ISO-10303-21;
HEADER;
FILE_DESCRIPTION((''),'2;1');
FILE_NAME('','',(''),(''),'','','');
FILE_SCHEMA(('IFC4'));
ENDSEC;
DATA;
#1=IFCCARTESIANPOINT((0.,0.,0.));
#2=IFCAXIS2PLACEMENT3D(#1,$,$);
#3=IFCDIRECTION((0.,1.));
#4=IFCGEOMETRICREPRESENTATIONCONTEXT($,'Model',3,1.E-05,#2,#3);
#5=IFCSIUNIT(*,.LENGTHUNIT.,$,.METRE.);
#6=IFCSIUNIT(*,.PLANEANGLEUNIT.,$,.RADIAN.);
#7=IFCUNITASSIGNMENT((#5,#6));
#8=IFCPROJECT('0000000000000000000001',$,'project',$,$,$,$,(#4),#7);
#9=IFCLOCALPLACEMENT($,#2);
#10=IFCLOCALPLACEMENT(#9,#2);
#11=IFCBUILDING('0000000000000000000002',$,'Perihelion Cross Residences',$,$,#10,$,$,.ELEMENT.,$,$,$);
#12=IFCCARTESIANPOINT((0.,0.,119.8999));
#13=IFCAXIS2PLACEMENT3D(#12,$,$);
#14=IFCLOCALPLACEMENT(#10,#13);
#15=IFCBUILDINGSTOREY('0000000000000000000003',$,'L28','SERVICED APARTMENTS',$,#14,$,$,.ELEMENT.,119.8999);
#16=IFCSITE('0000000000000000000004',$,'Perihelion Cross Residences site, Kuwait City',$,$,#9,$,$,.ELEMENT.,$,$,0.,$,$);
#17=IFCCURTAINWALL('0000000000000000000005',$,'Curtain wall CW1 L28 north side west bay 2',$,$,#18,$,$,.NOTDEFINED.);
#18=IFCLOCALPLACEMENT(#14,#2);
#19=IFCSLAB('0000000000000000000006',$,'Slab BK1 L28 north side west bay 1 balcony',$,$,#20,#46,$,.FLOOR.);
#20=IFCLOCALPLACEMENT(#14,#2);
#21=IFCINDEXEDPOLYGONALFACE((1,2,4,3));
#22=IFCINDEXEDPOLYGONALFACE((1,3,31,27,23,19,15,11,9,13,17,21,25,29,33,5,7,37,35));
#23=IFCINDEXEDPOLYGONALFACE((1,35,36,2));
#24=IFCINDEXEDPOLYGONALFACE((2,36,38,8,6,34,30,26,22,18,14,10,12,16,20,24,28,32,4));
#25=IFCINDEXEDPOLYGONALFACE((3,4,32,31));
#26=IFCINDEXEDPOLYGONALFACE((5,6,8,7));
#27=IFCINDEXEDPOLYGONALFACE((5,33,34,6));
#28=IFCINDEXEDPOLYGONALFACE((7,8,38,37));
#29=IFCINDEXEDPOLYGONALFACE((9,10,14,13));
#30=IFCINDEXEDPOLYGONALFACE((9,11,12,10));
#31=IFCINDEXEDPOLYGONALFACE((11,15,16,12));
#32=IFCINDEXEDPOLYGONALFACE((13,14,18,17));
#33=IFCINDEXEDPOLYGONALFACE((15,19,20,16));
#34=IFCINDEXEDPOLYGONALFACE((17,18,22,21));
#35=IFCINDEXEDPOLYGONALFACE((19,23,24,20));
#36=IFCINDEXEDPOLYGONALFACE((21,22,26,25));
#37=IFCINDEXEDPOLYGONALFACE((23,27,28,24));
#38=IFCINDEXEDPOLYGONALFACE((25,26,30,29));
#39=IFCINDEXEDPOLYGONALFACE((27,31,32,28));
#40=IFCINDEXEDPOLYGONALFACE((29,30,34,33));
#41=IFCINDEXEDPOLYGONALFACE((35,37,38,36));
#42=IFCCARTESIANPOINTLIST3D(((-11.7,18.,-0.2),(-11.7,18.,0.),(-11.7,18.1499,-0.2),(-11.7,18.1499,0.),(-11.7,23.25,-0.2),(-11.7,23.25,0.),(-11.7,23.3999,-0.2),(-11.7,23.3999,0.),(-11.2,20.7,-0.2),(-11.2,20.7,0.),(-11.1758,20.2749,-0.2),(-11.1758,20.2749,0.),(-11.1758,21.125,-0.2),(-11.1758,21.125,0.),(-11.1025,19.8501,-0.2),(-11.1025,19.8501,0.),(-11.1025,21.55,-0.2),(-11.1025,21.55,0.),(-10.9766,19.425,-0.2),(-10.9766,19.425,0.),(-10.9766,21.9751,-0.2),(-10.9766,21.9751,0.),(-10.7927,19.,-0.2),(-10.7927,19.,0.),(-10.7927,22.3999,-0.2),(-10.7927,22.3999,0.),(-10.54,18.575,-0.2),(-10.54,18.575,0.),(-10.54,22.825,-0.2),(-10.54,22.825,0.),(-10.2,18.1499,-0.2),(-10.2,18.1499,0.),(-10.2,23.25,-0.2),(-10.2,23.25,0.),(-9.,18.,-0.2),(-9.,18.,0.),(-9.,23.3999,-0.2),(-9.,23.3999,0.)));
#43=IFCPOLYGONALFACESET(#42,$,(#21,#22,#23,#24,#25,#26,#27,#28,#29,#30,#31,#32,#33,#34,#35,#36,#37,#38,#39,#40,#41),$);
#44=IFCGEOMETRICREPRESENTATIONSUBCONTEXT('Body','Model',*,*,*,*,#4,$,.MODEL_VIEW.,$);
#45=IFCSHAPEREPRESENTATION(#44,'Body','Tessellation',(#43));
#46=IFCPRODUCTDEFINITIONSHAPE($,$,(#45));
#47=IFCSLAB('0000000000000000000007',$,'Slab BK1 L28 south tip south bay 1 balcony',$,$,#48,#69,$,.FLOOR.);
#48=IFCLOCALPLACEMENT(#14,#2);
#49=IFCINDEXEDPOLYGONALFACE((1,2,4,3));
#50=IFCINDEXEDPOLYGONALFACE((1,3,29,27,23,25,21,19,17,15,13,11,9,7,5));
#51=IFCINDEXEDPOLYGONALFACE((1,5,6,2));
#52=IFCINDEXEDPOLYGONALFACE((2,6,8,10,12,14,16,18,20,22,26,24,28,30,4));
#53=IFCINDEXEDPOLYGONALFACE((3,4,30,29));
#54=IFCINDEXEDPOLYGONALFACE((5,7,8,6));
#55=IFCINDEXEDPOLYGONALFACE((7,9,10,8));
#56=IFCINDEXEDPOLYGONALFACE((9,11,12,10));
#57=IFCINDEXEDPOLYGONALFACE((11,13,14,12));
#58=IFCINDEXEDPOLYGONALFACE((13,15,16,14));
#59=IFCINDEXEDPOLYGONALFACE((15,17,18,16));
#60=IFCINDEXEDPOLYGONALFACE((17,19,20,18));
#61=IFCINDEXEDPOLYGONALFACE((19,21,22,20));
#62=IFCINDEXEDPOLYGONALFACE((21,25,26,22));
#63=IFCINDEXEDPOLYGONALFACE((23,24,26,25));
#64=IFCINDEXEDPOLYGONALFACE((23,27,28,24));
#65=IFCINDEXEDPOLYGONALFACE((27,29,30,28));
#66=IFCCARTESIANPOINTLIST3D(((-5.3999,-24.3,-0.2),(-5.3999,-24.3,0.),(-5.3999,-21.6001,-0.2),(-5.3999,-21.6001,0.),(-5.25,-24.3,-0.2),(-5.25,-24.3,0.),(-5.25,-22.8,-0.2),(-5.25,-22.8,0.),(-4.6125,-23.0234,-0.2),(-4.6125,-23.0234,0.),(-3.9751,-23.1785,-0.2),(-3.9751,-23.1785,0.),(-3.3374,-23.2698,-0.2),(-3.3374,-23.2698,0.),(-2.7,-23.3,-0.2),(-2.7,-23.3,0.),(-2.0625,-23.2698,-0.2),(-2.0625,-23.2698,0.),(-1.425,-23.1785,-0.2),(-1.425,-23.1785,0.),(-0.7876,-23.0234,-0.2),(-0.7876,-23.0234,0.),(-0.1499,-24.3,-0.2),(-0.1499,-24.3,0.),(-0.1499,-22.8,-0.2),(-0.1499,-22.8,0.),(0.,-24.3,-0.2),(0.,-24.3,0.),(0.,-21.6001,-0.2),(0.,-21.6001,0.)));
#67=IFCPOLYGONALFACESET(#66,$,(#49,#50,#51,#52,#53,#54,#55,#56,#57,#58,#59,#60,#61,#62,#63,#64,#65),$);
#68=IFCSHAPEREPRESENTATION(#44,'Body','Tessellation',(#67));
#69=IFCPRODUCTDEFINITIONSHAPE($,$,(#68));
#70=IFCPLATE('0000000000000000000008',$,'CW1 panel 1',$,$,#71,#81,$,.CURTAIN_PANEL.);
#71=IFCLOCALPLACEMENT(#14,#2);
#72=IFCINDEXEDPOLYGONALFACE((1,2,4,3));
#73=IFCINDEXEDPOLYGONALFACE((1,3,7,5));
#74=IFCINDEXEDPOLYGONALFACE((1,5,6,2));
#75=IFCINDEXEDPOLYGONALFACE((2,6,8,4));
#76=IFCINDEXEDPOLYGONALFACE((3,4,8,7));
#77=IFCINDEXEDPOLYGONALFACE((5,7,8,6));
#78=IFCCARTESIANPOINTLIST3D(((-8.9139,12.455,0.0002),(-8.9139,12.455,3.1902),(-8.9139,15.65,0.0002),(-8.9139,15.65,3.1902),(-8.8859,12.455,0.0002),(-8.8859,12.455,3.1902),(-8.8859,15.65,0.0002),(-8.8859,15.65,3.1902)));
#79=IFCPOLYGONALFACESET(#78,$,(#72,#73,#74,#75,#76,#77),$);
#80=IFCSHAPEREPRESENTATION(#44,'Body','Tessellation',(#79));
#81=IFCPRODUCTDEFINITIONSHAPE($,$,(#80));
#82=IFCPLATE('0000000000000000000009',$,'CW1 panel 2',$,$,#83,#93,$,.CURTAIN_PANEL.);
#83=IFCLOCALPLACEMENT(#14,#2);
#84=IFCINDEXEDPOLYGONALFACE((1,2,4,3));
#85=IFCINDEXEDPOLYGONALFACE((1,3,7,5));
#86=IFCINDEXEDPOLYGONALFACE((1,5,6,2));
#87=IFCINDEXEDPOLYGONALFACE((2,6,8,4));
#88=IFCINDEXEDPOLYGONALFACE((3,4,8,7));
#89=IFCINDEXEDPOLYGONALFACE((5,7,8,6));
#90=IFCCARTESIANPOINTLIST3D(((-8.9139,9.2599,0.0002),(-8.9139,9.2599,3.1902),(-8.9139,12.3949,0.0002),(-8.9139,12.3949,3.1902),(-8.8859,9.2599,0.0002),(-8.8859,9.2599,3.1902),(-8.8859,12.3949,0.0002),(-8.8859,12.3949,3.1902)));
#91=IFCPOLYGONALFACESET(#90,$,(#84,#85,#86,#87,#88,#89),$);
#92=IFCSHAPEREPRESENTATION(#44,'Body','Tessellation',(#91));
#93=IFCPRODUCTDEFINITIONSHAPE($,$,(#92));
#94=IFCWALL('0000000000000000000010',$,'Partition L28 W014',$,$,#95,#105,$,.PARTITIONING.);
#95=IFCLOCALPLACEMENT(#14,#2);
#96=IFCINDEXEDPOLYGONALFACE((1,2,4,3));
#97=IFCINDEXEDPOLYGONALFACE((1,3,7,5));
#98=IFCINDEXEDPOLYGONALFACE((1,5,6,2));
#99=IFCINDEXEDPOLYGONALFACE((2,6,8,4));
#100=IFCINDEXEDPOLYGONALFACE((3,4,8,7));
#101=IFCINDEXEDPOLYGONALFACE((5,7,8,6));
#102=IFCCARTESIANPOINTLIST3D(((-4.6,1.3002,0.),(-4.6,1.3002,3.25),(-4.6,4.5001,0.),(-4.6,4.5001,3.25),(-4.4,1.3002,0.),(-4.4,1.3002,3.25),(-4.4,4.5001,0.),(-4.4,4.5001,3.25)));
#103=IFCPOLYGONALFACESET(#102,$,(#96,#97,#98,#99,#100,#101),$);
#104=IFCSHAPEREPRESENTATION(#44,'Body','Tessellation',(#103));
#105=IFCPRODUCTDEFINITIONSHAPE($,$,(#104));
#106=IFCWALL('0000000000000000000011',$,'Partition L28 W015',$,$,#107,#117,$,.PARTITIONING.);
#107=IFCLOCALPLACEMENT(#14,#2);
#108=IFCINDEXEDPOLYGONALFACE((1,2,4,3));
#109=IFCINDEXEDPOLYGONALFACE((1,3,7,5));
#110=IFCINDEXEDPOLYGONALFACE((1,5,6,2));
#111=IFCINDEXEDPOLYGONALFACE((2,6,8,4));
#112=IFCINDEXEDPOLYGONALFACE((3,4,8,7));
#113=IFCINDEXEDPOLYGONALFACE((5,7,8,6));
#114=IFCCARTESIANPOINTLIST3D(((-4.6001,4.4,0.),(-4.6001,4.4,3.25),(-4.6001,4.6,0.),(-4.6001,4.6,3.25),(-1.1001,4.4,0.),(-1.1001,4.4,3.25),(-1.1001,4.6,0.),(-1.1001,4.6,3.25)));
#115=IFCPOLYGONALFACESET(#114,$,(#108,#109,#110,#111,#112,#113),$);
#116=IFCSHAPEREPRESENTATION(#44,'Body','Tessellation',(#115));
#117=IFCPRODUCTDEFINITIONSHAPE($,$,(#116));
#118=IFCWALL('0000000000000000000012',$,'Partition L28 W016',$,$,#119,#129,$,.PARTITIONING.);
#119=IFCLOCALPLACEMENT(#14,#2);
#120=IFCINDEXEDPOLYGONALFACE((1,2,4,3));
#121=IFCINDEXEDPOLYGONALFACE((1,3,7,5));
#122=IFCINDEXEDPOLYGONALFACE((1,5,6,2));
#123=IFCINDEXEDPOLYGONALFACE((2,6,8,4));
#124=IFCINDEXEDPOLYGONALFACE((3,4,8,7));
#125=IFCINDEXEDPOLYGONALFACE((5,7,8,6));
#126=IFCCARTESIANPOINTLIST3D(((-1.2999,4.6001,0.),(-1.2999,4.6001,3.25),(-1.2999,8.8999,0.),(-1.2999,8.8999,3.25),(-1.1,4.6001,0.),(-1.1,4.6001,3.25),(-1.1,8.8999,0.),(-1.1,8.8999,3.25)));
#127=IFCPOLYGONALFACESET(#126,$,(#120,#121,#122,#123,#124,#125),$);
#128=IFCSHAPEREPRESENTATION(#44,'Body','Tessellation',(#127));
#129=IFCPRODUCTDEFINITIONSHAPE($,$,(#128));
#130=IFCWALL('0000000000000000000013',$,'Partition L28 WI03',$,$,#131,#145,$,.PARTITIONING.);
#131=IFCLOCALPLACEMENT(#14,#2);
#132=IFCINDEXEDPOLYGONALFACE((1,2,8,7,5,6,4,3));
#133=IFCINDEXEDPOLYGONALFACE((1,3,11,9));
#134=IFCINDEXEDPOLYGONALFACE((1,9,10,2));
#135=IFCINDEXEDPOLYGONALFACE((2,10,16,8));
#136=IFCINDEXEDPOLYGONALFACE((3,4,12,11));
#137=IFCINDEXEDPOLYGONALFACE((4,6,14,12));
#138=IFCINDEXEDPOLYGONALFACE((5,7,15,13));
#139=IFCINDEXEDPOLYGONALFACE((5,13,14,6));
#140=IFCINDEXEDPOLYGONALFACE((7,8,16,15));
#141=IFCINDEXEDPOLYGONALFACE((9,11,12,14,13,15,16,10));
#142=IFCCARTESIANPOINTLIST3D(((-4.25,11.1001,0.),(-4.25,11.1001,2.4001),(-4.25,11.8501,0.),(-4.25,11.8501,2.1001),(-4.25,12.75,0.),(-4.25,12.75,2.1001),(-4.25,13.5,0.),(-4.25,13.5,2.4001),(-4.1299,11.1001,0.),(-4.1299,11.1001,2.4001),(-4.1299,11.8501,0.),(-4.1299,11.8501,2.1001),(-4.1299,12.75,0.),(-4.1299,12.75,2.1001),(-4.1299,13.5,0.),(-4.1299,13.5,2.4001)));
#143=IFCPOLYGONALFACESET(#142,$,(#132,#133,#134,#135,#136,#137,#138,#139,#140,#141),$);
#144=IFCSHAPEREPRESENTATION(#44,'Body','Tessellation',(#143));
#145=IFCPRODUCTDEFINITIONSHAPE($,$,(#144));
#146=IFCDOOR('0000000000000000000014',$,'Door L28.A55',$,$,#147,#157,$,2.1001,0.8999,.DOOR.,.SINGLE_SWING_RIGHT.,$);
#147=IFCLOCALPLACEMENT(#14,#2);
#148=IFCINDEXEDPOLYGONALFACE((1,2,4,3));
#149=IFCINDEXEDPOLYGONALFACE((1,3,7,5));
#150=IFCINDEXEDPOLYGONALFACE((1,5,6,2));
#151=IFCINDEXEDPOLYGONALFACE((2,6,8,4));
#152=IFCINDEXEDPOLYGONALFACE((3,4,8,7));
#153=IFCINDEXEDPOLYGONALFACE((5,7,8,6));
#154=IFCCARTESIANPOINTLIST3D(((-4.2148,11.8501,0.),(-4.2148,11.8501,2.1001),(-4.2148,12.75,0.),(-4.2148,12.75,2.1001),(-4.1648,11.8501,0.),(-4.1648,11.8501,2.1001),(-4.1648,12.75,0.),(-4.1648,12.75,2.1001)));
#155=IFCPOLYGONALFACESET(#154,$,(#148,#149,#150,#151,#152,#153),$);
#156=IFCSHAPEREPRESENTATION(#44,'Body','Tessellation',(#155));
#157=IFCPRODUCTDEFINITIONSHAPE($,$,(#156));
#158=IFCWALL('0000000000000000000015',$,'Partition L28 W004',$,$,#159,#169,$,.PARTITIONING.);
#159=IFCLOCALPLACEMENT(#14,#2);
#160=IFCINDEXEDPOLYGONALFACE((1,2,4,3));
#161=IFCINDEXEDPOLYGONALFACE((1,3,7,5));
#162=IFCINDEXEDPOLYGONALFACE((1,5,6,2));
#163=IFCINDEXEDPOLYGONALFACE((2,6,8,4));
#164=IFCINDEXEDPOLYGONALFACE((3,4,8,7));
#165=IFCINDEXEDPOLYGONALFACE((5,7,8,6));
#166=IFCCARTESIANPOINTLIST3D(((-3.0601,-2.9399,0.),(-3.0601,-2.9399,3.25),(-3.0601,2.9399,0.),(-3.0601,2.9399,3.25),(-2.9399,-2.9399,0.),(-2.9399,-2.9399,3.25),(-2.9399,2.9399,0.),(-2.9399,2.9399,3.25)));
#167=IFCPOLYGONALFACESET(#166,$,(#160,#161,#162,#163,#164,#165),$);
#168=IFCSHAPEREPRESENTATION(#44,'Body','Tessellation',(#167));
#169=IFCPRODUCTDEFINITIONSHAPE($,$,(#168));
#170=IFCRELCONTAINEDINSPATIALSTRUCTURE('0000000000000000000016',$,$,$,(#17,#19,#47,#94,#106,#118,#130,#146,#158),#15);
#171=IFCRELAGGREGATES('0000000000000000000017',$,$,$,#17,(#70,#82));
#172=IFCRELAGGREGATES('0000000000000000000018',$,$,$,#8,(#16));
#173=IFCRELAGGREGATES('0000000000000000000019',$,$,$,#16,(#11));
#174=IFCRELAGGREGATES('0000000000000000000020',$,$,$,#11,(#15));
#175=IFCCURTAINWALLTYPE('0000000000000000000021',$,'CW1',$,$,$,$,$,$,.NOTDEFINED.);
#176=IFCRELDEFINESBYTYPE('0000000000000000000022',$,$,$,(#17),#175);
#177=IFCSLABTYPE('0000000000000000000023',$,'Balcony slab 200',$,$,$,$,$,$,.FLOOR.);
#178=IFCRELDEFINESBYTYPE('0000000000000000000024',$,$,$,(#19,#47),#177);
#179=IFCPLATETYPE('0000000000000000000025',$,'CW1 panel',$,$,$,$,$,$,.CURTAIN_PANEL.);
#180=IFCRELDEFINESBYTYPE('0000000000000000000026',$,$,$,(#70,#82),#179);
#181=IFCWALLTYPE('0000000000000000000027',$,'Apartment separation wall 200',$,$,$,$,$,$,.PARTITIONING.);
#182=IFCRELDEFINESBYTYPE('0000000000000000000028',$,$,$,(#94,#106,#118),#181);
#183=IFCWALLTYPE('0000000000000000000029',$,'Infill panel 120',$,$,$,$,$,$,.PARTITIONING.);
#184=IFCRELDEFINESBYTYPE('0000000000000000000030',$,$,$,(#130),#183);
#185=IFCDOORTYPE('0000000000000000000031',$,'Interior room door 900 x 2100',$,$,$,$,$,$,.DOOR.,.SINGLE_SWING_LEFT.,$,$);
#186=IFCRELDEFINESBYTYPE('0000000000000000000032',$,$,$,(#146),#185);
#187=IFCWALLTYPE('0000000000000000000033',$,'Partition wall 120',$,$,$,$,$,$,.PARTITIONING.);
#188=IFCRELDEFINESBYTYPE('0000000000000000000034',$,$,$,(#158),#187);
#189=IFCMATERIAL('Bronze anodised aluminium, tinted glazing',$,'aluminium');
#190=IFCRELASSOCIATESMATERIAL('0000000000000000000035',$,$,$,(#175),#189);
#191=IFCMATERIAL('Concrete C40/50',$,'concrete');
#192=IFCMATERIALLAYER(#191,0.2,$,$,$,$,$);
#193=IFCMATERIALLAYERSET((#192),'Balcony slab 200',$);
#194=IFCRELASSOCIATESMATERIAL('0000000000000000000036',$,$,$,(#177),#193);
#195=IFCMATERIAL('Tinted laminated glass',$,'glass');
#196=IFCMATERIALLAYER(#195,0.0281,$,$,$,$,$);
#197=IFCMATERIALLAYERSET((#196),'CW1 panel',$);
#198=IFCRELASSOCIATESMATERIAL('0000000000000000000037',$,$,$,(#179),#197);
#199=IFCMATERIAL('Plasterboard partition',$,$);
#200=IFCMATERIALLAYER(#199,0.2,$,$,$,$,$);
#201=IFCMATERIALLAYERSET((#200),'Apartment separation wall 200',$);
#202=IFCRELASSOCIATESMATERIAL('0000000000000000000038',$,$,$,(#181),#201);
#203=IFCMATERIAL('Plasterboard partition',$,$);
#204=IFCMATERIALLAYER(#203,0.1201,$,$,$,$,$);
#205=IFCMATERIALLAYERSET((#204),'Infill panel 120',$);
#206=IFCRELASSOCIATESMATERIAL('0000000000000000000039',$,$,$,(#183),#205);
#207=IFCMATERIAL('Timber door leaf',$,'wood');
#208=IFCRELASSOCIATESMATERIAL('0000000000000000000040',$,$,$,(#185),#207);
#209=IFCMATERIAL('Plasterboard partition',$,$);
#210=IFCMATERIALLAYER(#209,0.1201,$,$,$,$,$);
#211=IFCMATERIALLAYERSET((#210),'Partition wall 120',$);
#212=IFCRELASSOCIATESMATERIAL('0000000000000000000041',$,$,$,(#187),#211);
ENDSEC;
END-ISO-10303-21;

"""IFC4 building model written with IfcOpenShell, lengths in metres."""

from ifc_helpers import new_model, si_unit, direction, frame, frame_2d, origin, origin_2d, place, context, subcontext, project, spatial, polyline, rectangle, outline, extrude, material, layer, layer_set, type_object, element, fill, aggregate, save


model = new_model("IFC4")

# Units and contexts
model_context = context("Model", 3, precision=1e-05, world=origin(), true_north=direction((0.0, 1.0)))
body_context = subcontext(model_context, "Body", "Model", "MODEL_VIEW")
ifc_project = project(units=[si_unit("LENGTHUNIT", "METRE"), si_unit("PLANEANGLEUNIT", "RADIAN")], contexts=[model_context])

# Site, building, storey
site_placement = place(None, origin())
site = spatial("IfcSite", under=ifc_project, at=site_placement, Name="Perihelion Cross Residences site, Kuwait City", CompositionType="ELEMENT", RefElevation=0.0)
building_placement = place(site_placement, origin())
building = spatial("IfcBuilding", under=site, at=building_placement, Name="Perihelion Cross Residences", CompositionType="ELEMENT")
storey_placement = place(building_placement, frame((0.0, 0.0, 119.8999)))
storey = spatial("IfcBuildingStorey", under=building, at=storey_placement, Name="L28", Description="SERVICED APARTMENTS", CompositionType="ELEMENT", Elevation=119.8999)

# Curtain wall
ifc_material_1 = material(Name="Bronze anodised aluminium, tinted glazing", Category="aluminium")
curtain_wall_type = type_object("IfcCurtainWallType", Name="CW1", PredefinedType="NOTDEFINED", material=ifc_material_1)
curtain_wall_placement = place(storey_placement, origin())
curtain_wall = element("IfcCurtainWall", 1, at=curtain_wall_placement, inside=storey, type_object=curtain_wall_type, Name="Curtain wall CW1 L28 north side west bay 2", PredefinedType="NOTDEFINED")

# Slabs
ifc_material_2 = material(Name="Concrete C40/50", Category="concrete")
ifc_layer_1 = layer(ifc_material_2, 0.2)
ifc_layer_set_1 = layer_set([ifc_layer_1], Name="Balcony slab 200")
slab_type = type_object("IfcSlabType", Name="Balcony slab 200", PredefinedType="FLOOR", material=ifc_layer_set_1)
slab_1_placement = place(storey_placement, frame((0.0, 0.0, -0.2)))
element("IfcSlab", 2, at=slab_1_placement, inside=storey, type_object=slab_type, Name="Slab BK1 L28 north side west bay 1 balcony", PredefinedType="FLOOR", context=body_context, shape_type="SweptSolid", body=[
    extrude(outline(polyline([(-9.0, 23.3999), (-9.0, 18.0), (-11.7, 18.0), (-11.7, 18.1499), (-10.2, 18.1499), (-10.54, 18.575), (-10.7927, 19.0), (-10.9766, 19.425), (-11.1025, 19.8501), (-11.1758, 20.2749), (-11.2, 20.7), (-11.1758, 21.125), (-11.1025, 21.55), (-10.9766, 21.9751), (-10.7927, 22.3999), (-10.54, 22.825), (-10.2, 23.25), (-11.7, 23.25), (-11.7, 23.3999), (-9.0, 23.3999)])), origin(), (0.0, 0.0, 1.0), 0.2),
])
slab_2_placement = place(storey_placement, frame((0.0, 0.0, -0.2)))
element("IfcSlab", 3, at=slab_2_placement, inside=storey, type_object=slab_type, Name="Slab BK1 L28 south tip south bay 1 balcony", PredefinedType="FLOOR", context=body_context, shape_type="SweptSolid", body=[
    extrude(outline(polyline([(-5.3999, -21.6001), (0.0, -21.6001), (0.0, -24.3), (-0.1499, -24.3), (-0.1499, -22.8), (-0.7876, -23.0234), (-1.425, -23.1785), (-2.0625, -23.2698), (-2.7, -23.3), (-3.3374, -23.2698), (-3.9751, -23.1785), (-4.6125, -23.0234), (-5.25, -22.8), (-5.25, -24.3), (-5.3999, -24.3), (-5.3999, -21.6001)])), origin(), (0.0, 0.0, 1.0), 0.2),
])

# Plates
ifc_material_3 = material(Name="Tinted laminated glass", Category="glass")
ifc_layer_2 = layer(ifc_material_3, 0.0281)
ifc_layer_set_2 = layer_set([ifc_layer_2], Name="CW1 panel")
plate_type = type_object("IfcPlateType", Name="CW1 panel", PredefinedType="CURTAIN_PANEL", material=ifc_layer_set_2)
plate_1_placement = place(storey_placement, frame((-8.8999, 14.0525, 0.0002), z_axis=(0.0, 0.0, 1.0), x_axis=(0.0, -1.0, 0.0)))
plate_1 = element("IfcPlate", 4, at=plate_1_placement, type_object=plate_type, Name="CW1 panel 1", PredefinedType="CURTAIN_PANEL", context=body_context, shape_type="SweptSolid", body=[
    extrude(rectangle(XDim=3.1951, YDim=0.0281, at=origin_2d()), origin(), (0.0, 0.0, 1.0), 3.1899),
])
plate_2_placement = place(storey_placement, frame((-8.8999, 10.8274, 0.0002), z_axis=(0.0, 0.0, 1.0), x_axis=(0.0, -1.0, 0.0)))
plate_2 = element("IfcPlate", 5, at=plate_2_placement, type_object=plate_type, Name="CW1 panel 2", PredefinedType="CURTAIN_PANEL", context=body_context, shape_type="SweptSolid", body=[
    extrude(rectangle(XDim=3.135, YDim=0.0281, at=origin_2d()), origin(), (0.0, 0.0, 1.0), 3.1899),
])
aggregate(curtain_wall, [plate_1, plate_2])

# Walls
ifc_material_4 = material(Name="Plasterboard partition")
ifc_layer_3 = layer(ifc_material_4, 0.2)
ifc_layer_set_3 = layer_set([ifc_layer_3], Name="Apartment separation wall 200")
wall_type_1 = type_object("IfcWallType", Name="Apartment separation wall 200", PredefinedType="PARTITIONING", material=ifc_layer_set_3)
wall_1_placement = place(storey_placement, frame((-4.5, 1.3, 0.0), z_axis=(0.0, 0.0, 1.0), x_axis=(0.0, 1.0, 0.0)))
element("IfcWall", 6, at=wall_1_placement, inside=storey, type_object=wall_type_1, Name="Partition L28 W014", PredefinedType="PARTITIONING", context=body_context, shape_type="SweptSolid", body=[
    extrude(rectangle(XDim=3.2, YDim=0.2, at=frame_2d((1.6001, 0.0))), origin(), (0.0, 0.0, 1.0), 3.25),
])
wall_2_placement = place(storey_placement, frame((-4.6001, 4.5, 0.0), z_axis=(0.0, 0.0, 1.0), x_axis=(1.0, 0.0, 0.0)))
element("IfcWall", 7, at=wall_2_placement, inside=storey, type_object=wall_type_1, Name="Partition L28 W015", PredefinedType="PARTITIONING", context=body_context, shape_type="SweptSolid", body=[
    extrude(rectangle(XDim=3.5, YDim=0.2, at=frame_2d((1.75, 0.0))), origin(), (0.0, 0.0, 1.0), 3.25),
])
wall_3_placement = place(storey_placement, frame((-1.2, 4.6001, 0.0), z_axis=(0.0, 0.0, 1.0), x_axis=(0.0, 1.0, 0.0)))
element("IfcWall", 8, at=wall_3_placement, inside=storey, type_object=wall_type_1, Name="Partition L28 W016", PredefinedType="PARTITIONING", context=body_context, shape_type="SweptSolid", body=[
    extrude(rectangle(XDim=4.2998, YDim=0.2, at=frame_2d((2.1499, 0.0))), origin(), (0.0, 0.0, 1.0), 3.25),
])

# Wall, opening, door
ifc_material_5 = material(Name="Plasterboard partition")
ifc_layer_4 = layer(ifc_material_5, 0.1201)
ifc_layer_set_4 = layer_set([ifc_layer_4], Name="Infill panel 120")
wall_type_2 = type_object("IfcWallType", Name="Infill panel 120", PredefinedType="PARTITIONING", material=ifc_layer_set_4)
wall_4_placement = place(storey_placement, frame((-4.1899, 11.1001, 0.0), z_axis=(0.0, 0.0, 1.0), x_axis=(0.0, 1.0, 0.0)))
wall_4 = element("IfcWall", 9, at=wall_4_placement, inside=storey, type_object=wall_type_2, Name="Partition L28 WI03", PredefinedType="PARTITIONING", context=body_context, shape_type="SweptSolid", body=[
    extrude(rectangle(XDim=2.3999, YDim=0.1201, at=frame_2d((1.2, 0.0))), origin(), (0.0, 0.0, 1.0), 2.4001),
])
opening_1_placement = place(wall_4_placement, frame((0.75, 0.0, 0.0)))
opening_1 = element("IfcOpeningElement", 10, at=opening_1_placement, cuts=wall_4, PredefinedType="OPENING", context=body_context, shape_type="SweptSolid", body=[
    extrude(rectangle(XDim=0.8999, YDim=2.1001, at=frame_2d((0.45, 1.05))), frame((0.0, 0.0701, 0.0), z_axis=(0.0, -1.0, 0.0), x_axis=(1.0, 0.0, 0.0)), (0.0, 0.0, 1.0), 0.1401),
])
ifc_material_6 = material(Name="Timber door leaf", Category="wood")
door_type_1 = type_object("IfcDoorType", Name="Interior room door 900 x 2100", OperationType="SINGLE_SWING_LEFT", PredefinedType="DOOR", material=ifc_material_6)
door_1_placement = place(opening_1_placement, origin())
door_1 = element("IfcDoor", 11, at=door_1_placement, inside=storey, type_object=door_type_1, Name="Door L28.A55", OperationType="SINGLE_SWING_RIGHT", OverallHeight=2.1001, OverallWidth=0.8999, PredefinedType="DOOR", context=body_context, shape_type="SweptSolid", body=[
    extrude(rectangle(XDim=0.8999, YDim=2.1001, at=frame_2d((0.45, 1.05))), frame((0.0, 0.0249, 0.0), z_axis=(0.0, -1.0, 0.0), x_axis=(1.0, 0.0, 0.0)), (0.0, 0.0, 1.0), 0.05),
])
fill(opening_1, door_1)

# Wall
ifc_material_7 = material(Name="Plasterboard partition")
ifc_layer_5 = layer(ifc_material_7, 0.1201)
ifc_layer_set_5 = layer_set([ifc_layer_5], Name="Partition wall 120")
wall_type_3 = type_object("IfcWallType", Name="Partition wall 120", PredefinedType="PARTITIONING", material=ifc_layer_set_5)
wall_5_placement = place(storey_placement, frame((-3.0, 2.9399, 0.0), z_axis=(0.0, 0.0, 1.0), x_axis=(0.0, -1.0, 0.0)))
element("IfcWall", 12, at=wall_5_placement, inside=storey, type_object=wall_type_3, Name="Partition L28 W004", PredefinedType="PARTITIONING", context=body_context, shape_type="SweptSolid", body=[
    extrude(rectangle(XDim=5.8799, YDim=0.1201, at=frame_2d((2.9399, 0.0))), origin(), (0.0, 0.0, 1.0), 3.25),
])

save(model, "model.ifc")
